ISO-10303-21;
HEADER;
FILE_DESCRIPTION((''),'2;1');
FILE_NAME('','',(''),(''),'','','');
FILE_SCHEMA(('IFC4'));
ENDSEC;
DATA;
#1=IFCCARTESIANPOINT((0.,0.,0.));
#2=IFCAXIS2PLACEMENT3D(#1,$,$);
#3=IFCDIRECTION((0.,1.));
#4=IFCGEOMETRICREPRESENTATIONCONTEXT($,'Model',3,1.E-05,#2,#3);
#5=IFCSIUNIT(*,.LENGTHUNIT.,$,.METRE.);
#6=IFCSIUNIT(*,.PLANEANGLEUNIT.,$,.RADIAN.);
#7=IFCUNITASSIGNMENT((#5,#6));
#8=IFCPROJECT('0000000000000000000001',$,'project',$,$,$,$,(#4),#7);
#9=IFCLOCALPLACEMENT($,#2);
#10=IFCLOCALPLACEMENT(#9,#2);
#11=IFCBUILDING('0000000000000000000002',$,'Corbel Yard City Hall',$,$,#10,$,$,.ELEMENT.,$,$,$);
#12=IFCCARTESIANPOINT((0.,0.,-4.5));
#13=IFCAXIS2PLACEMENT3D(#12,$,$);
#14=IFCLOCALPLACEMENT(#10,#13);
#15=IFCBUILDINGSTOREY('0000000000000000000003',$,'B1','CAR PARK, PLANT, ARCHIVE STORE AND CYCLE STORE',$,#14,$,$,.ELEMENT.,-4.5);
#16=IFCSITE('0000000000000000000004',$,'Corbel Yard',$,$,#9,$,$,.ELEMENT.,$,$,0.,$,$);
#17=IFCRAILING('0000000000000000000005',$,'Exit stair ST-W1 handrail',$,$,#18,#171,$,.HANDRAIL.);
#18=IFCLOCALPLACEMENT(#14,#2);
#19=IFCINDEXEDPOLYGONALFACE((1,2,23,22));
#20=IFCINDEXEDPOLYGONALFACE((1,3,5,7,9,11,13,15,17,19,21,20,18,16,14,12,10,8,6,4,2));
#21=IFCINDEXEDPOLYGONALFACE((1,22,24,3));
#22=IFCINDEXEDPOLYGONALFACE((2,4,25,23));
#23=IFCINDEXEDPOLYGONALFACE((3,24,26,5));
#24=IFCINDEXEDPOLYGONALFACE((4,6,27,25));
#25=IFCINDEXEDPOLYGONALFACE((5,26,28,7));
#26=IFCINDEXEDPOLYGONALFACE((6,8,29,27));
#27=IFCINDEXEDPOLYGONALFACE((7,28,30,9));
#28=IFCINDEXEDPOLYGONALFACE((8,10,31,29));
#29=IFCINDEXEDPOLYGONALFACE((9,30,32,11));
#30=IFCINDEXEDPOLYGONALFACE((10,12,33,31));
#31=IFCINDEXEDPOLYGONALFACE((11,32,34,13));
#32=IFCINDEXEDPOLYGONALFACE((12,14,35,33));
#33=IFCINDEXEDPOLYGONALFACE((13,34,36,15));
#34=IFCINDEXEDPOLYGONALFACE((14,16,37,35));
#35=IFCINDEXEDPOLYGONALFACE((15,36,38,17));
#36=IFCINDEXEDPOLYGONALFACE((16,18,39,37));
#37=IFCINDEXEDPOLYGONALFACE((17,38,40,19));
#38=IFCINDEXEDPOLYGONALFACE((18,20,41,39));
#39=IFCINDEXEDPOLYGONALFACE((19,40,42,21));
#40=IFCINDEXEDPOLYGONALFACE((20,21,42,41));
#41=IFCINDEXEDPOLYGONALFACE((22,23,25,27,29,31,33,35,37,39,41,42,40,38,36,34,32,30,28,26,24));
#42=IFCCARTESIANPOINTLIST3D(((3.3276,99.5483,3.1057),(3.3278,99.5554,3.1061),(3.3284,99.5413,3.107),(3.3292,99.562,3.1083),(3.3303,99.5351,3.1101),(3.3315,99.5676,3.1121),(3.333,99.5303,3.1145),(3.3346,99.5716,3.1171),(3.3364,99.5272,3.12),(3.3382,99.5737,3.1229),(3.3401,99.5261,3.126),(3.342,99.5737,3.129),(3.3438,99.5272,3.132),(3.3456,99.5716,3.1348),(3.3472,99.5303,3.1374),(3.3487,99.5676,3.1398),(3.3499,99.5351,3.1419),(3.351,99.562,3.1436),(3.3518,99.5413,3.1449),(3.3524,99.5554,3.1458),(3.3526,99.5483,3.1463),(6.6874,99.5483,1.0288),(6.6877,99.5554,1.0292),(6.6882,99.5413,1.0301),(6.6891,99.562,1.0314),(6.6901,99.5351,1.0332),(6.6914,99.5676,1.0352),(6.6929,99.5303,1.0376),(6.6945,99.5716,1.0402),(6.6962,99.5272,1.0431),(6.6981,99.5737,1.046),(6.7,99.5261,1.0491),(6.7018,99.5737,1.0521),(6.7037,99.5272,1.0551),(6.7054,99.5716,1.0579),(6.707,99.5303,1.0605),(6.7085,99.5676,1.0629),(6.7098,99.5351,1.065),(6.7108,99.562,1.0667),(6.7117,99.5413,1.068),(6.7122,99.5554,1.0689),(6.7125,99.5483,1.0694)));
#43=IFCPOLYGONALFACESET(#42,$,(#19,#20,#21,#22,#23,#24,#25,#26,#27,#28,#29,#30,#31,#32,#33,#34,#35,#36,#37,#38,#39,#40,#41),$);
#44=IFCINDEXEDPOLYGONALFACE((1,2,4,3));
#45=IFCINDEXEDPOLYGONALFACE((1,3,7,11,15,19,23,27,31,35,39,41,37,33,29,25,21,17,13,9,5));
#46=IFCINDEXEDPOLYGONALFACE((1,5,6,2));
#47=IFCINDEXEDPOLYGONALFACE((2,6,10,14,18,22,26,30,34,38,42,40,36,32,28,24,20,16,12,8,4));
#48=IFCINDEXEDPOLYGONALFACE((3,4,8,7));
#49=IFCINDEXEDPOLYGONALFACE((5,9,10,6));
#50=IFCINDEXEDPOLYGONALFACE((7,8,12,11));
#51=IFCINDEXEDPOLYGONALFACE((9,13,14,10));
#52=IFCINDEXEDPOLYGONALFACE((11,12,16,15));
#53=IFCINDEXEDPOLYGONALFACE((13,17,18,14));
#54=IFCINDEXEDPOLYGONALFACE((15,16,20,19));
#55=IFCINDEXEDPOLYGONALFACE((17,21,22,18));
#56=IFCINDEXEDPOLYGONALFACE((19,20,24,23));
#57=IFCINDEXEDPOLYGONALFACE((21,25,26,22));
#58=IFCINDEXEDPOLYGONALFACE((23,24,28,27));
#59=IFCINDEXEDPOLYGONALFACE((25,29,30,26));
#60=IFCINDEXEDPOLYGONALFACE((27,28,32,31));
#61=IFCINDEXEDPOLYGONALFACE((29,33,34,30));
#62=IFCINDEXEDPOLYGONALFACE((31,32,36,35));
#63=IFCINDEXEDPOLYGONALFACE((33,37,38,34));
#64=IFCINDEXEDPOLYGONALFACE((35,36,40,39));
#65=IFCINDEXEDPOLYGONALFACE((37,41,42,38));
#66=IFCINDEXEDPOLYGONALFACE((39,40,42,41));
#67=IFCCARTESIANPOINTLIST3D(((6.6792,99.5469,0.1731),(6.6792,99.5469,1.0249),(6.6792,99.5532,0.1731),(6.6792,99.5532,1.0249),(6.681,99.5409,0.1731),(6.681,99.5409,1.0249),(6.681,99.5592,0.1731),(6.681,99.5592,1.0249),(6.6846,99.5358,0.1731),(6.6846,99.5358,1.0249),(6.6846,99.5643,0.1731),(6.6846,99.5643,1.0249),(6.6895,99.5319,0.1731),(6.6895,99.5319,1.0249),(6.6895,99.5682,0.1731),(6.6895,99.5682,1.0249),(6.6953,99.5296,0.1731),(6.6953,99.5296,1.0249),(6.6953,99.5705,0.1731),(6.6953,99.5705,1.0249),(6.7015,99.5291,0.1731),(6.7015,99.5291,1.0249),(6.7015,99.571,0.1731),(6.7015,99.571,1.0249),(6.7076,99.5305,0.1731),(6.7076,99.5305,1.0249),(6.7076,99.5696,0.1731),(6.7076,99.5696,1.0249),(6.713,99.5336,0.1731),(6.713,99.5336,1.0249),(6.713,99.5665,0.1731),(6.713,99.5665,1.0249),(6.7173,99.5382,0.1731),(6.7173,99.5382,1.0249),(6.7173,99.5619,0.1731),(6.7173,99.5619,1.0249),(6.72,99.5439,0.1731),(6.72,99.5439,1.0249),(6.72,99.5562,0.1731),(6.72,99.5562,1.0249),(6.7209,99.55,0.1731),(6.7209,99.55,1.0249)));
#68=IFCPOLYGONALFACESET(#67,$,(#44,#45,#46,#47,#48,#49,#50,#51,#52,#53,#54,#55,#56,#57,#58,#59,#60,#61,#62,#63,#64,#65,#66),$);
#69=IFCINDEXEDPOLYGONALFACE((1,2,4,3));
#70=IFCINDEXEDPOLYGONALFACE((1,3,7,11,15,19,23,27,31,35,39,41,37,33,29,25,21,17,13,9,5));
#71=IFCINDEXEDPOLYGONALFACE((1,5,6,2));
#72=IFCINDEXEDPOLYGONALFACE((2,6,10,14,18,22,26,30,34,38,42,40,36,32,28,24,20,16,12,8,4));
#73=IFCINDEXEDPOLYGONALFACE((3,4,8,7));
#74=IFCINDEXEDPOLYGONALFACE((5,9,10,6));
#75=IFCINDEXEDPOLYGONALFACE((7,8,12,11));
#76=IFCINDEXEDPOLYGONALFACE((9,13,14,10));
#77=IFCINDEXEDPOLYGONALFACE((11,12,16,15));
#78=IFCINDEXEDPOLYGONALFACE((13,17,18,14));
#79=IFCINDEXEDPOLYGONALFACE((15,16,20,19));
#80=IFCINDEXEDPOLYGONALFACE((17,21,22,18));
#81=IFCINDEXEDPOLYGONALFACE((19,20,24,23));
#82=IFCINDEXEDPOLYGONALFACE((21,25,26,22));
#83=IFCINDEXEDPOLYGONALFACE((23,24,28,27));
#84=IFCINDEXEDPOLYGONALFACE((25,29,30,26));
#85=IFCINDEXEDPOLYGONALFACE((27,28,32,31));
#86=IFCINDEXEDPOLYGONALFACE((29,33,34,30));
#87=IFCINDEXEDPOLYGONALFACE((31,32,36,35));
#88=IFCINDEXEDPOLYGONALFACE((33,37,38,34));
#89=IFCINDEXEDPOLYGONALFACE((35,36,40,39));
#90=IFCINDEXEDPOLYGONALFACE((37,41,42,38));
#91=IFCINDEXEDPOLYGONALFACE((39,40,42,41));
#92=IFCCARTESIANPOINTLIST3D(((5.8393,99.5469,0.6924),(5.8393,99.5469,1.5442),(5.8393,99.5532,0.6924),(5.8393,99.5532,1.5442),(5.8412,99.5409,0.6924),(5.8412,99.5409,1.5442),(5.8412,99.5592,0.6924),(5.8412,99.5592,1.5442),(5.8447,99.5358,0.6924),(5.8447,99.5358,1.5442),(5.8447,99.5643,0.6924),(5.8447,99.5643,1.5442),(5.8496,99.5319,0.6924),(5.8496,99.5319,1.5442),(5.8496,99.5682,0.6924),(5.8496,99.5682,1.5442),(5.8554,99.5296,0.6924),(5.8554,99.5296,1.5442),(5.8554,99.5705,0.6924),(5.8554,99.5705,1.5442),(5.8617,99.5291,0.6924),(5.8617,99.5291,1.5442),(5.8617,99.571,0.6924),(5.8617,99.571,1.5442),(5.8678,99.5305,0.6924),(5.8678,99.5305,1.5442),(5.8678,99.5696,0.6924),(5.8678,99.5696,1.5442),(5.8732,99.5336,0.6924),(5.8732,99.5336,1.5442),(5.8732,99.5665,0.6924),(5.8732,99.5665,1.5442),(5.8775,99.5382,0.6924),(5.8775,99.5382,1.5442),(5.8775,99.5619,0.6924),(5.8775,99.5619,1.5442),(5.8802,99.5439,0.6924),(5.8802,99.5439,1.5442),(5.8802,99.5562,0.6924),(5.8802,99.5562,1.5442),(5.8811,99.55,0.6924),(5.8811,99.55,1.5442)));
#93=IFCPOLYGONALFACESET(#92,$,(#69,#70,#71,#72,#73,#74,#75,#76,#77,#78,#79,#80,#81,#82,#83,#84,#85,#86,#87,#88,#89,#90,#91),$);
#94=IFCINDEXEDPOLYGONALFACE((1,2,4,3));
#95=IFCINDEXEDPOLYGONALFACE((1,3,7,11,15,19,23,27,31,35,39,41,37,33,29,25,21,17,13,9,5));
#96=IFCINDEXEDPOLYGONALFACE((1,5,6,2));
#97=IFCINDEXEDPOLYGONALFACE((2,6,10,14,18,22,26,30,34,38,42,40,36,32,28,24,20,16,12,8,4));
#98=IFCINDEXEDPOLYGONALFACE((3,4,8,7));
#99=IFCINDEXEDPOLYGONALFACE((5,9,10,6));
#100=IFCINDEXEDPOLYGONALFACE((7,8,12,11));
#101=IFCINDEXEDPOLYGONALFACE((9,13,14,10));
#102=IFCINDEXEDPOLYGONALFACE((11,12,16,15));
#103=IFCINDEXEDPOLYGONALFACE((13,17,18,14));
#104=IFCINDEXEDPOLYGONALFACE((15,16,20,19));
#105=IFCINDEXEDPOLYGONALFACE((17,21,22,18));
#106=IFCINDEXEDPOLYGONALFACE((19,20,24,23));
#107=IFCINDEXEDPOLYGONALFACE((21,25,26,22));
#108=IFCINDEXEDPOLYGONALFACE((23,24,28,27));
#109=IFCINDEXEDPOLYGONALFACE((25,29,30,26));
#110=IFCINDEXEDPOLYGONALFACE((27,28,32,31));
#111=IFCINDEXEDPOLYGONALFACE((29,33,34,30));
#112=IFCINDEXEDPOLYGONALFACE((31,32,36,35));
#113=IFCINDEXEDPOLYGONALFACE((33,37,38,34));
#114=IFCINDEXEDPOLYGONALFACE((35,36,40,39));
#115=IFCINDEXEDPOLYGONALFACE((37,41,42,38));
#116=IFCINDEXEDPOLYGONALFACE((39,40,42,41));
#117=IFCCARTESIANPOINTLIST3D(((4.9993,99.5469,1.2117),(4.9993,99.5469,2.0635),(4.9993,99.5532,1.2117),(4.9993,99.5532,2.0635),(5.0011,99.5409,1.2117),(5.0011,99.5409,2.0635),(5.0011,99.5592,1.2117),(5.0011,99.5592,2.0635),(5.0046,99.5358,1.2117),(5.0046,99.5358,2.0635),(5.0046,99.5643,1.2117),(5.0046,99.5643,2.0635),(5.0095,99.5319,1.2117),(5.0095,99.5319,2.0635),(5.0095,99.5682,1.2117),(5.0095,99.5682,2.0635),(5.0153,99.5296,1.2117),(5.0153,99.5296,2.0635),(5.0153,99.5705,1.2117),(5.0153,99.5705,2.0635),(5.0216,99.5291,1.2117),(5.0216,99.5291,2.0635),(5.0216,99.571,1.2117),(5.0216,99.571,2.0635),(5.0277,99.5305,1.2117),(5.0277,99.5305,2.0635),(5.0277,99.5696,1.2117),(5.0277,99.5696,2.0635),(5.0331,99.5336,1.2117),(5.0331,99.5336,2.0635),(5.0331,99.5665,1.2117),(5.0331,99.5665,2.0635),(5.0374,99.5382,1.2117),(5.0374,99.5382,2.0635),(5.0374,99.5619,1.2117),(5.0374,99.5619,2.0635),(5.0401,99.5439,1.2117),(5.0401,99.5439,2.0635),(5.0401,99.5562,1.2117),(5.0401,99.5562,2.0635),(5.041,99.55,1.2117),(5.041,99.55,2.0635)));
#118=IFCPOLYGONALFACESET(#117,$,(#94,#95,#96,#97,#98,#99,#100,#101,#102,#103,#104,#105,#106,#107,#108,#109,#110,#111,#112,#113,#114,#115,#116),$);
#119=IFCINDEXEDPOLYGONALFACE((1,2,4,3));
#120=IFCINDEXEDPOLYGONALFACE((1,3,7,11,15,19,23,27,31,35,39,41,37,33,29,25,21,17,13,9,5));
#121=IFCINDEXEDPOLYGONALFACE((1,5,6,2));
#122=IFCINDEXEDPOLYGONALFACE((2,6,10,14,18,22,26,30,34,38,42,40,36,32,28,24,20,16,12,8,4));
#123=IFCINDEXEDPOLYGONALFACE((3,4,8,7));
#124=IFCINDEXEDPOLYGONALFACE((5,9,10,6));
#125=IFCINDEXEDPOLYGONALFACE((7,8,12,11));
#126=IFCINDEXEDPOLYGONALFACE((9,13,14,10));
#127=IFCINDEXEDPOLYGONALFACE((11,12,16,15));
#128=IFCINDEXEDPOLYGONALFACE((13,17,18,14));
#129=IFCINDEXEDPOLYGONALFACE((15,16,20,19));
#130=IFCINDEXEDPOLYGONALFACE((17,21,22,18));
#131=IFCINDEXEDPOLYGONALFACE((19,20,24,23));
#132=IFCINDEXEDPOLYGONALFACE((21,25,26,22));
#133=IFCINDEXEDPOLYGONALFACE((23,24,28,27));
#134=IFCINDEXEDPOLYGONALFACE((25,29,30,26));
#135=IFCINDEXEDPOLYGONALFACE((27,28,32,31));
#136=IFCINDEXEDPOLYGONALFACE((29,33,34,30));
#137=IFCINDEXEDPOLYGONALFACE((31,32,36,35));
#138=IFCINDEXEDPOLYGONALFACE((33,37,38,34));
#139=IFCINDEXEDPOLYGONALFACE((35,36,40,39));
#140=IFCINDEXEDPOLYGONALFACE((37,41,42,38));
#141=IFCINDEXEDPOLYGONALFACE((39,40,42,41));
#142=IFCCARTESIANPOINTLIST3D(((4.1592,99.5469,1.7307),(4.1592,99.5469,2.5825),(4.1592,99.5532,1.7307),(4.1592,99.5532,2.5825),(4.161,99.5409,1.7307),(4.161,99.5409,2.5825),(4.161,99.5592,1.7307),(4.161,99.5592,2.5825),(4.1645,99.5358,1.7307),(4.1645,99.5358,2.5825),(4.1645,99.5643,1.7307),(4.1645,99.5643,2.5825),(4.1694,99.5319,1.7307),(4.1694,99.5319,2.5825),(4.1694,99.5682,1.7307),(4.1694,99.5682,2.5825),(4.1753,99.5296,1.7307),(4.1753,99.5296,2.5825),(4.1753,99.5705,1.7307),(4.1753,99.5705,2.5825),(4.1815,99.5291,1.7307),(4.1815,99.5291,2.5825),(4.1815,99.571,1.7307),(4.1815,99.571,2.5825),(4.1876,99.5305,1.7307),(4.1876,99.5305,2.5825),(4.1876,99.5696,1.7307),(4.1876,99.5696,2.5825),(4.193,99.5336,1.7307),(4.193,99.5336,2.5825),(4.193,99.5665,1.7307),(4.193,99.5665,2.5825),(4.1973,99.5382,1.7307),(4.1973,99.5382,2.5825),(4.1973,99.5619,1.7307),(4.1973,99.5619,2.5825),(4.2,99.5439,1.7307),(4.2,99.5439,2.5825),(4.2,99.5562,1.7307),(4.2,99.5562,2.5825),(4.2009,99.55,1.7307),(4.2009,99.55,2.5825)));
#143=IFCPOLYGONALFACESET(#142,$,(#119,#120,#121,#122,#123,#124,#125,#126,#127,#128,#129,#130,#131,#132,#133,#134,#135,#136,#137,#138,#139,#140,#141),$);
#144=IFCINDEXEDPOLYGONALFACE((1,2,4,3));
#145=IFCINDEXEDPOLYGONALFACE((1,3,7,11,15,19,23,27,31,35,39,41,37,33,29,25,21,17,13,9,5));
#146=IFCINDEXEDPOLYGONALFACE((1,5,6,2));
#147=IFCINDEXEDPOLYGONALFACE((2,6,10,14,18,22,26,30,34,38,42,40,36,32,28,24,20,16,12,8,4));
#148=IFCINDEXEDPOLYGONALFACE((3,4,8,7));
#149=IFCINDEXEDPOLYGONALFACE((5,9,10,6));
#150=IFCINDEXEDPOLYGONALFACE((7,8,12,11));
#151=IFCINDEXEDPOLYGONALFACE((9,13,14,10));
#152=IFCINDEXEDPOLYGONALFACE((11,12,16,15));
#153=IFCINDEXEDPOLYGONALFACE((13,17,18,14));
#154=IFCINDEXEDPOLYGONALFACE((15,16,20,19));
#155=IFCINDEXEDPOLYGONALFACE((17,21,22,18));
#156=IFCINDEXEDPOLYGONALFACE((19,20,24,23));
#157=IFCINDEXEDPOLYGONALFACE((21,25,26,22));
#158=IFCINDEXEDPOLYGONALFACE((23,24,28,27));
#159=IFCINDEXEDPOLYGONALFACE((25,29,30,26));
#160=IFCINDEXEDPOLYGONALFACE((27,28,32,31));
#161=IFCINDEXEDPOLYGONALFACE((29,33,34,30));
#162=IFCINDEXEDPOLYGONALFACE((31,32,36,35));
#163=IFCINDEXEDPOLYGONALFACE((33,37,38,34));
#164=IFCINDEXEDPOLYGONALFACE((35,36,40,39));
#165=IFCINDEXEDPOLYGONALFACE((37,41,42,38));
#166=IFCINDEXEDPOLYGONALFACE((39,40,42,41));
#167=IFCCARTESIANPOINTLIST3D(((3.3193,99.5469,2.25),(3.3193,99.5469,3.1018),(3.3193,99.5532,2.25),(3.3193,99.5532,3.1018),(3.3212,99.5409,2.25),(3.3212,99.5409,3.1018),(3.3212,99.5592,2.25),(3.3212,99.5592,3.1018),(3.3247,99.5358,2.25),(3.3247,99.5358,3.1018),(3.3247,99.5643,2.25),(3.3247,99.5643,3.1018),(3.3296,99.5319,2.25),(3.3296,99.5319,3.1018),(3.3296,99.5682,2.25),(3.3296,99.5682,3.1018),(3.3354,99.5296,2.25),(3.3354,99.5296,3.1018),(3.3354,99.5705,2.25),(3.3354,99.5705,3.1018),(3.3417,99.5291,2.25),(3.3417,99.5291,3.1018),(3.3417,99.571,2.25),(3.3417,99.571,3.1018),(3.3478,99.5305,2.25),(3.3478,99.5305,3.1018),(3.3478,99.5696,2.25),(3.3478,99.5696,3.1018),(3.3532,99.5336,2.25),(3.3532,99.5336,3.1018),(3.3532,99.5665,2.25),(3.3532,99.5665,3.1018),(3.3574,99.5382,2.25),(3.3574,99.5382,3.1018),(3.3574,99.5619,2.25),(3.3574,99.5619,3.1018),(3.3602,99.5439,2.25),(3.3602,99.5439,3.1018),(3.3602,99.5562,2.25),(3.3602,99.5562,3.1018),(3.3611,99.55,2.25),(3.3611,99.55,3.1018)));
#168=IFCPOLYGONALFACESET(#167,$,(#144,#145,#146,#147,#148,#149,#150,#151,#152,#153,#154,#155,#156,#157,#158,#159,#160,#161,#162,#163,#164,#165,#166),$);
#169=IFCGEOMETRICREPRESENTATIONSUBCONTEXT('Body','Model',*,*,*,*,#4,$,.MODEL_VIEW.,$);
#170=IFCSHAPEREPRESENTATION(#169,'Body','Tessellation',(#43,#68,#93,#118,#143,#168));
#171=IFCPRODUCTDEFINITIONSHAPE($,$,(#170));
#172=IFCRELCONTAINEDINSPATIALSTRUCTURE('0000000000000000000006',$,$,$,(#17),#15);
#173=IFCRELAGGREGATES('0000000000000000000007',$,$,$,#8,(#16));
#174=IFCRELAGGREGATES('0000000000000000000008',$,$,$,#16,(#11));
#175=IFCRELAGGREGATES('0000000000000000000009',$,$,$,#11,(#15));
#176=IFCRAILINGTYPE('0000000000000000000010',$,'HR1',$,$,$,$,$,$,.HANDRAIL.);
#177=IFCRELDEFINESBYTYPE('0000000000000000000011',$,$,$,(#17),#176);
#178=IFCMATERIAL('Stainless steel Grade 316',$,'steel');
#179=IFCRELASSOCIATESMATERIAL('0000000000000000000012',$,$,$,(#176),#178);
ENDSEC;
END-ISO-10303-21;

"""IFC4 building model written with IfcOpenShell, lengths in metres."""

from ifc_helpers import new_model, si_unit, direction, frame, origin, origin_2d, place, context, subcontext, project, spatial, circle, extrude, material, type_object, element, save


model = new_model("IFC4")

# Units and contexts
model_context = context("Model", 3, precision=1e-05, world=origin(), true_north=direction((0.0, 1.0)))
body_context = subcontext(model_context, "Body", "Model", "MODEL_VIEW")
ifc_project = project(units=[si_unit("LENGTHUNIT", "METRE"), si_unit("PLANEANGLEUNIT", "RADIAN")], contexts=[model_context])

# Site, building, storey
site_placement = place(None, origin())
site = spatial("IfcSite", under=ifc_project, at=site_placement, Name="Corbel Yard", CompositionType="ELEMENT", RefElevation=0.0)
building_placement = place(site_placement, origin())
building = spatial("IfcBuilding", under=site, at=building_placement, Name="Corbel Yard City Hall", CompositionType="ELEMENT")
storey_placement = place(building_placement, frame((0.0, 0.0, -4.5)))
storey = spatial("IfcBuildingStorey", under=building, at=storey_placement, Name="B1", Description="CAR PARK, PLANT, ARCHIVE STORE AND CYCLE STORE", CompositionType="ELEMENT", Elevation=-4.5)

# Railing
ifc_material_1 = material(Name="Stainless steel Grade 316", Category="steel")
railing_type = type_object("IfcRailingType", Name="HR1", PredefinedType="HANDRAIL", material=ifc_material_1)
for number, where, name in (
    (1, (6.7, 99.55, 0.1731), "Exit stair ST-W1 handrail"),
):
    element("IfcRailing", number, at=place(storey_placement, frame(where)), inside=storey, type_object=railing_type, Name=name, PredefinedType="HANDRAIL", context=body_context, shape_type="SweptSolid", body=[
        extrude(circle(Radius=0.0239, at=origin_2d()), frame((0.0, 0.0, 0.876), z_axis=(-0.850606, 0.0, 0.525803), x_axis=(0.0, -1.0, 0.0)), (0.0, 0.0, 1.0), 3.95),
        extrude(circle(Radius=0.021, at=origin_2d()), origin(), (0.0, 0.0, 1.0), 0.8518),
        extrude(circle(Radius=0.021, at=origin_2d()), frame((-0.8398, 0.0, 0.5193)), (0.0, 0.0, 1.0), 0.8518),
        extrude(circle(Radius=0.021, at=origin_2d()), frame((-1.6799, 0.0, 1.0386)), (0.0, 0.0, 1.0), 0.8518),
        extrude(circle(Radius=0.021, at=origin_2d()), frame((-2.52, 0.0, 1.5576)), (0.0, 0.0, 1.0), 0.8518),
        extrude(circle(Radius=0.021, at=origin_2d()), frame((-3.3599, 0.0, 2.0769)), (0.0, 0.0, 1.0), 0.8518),
    ])

save(model, "model.ifc")
